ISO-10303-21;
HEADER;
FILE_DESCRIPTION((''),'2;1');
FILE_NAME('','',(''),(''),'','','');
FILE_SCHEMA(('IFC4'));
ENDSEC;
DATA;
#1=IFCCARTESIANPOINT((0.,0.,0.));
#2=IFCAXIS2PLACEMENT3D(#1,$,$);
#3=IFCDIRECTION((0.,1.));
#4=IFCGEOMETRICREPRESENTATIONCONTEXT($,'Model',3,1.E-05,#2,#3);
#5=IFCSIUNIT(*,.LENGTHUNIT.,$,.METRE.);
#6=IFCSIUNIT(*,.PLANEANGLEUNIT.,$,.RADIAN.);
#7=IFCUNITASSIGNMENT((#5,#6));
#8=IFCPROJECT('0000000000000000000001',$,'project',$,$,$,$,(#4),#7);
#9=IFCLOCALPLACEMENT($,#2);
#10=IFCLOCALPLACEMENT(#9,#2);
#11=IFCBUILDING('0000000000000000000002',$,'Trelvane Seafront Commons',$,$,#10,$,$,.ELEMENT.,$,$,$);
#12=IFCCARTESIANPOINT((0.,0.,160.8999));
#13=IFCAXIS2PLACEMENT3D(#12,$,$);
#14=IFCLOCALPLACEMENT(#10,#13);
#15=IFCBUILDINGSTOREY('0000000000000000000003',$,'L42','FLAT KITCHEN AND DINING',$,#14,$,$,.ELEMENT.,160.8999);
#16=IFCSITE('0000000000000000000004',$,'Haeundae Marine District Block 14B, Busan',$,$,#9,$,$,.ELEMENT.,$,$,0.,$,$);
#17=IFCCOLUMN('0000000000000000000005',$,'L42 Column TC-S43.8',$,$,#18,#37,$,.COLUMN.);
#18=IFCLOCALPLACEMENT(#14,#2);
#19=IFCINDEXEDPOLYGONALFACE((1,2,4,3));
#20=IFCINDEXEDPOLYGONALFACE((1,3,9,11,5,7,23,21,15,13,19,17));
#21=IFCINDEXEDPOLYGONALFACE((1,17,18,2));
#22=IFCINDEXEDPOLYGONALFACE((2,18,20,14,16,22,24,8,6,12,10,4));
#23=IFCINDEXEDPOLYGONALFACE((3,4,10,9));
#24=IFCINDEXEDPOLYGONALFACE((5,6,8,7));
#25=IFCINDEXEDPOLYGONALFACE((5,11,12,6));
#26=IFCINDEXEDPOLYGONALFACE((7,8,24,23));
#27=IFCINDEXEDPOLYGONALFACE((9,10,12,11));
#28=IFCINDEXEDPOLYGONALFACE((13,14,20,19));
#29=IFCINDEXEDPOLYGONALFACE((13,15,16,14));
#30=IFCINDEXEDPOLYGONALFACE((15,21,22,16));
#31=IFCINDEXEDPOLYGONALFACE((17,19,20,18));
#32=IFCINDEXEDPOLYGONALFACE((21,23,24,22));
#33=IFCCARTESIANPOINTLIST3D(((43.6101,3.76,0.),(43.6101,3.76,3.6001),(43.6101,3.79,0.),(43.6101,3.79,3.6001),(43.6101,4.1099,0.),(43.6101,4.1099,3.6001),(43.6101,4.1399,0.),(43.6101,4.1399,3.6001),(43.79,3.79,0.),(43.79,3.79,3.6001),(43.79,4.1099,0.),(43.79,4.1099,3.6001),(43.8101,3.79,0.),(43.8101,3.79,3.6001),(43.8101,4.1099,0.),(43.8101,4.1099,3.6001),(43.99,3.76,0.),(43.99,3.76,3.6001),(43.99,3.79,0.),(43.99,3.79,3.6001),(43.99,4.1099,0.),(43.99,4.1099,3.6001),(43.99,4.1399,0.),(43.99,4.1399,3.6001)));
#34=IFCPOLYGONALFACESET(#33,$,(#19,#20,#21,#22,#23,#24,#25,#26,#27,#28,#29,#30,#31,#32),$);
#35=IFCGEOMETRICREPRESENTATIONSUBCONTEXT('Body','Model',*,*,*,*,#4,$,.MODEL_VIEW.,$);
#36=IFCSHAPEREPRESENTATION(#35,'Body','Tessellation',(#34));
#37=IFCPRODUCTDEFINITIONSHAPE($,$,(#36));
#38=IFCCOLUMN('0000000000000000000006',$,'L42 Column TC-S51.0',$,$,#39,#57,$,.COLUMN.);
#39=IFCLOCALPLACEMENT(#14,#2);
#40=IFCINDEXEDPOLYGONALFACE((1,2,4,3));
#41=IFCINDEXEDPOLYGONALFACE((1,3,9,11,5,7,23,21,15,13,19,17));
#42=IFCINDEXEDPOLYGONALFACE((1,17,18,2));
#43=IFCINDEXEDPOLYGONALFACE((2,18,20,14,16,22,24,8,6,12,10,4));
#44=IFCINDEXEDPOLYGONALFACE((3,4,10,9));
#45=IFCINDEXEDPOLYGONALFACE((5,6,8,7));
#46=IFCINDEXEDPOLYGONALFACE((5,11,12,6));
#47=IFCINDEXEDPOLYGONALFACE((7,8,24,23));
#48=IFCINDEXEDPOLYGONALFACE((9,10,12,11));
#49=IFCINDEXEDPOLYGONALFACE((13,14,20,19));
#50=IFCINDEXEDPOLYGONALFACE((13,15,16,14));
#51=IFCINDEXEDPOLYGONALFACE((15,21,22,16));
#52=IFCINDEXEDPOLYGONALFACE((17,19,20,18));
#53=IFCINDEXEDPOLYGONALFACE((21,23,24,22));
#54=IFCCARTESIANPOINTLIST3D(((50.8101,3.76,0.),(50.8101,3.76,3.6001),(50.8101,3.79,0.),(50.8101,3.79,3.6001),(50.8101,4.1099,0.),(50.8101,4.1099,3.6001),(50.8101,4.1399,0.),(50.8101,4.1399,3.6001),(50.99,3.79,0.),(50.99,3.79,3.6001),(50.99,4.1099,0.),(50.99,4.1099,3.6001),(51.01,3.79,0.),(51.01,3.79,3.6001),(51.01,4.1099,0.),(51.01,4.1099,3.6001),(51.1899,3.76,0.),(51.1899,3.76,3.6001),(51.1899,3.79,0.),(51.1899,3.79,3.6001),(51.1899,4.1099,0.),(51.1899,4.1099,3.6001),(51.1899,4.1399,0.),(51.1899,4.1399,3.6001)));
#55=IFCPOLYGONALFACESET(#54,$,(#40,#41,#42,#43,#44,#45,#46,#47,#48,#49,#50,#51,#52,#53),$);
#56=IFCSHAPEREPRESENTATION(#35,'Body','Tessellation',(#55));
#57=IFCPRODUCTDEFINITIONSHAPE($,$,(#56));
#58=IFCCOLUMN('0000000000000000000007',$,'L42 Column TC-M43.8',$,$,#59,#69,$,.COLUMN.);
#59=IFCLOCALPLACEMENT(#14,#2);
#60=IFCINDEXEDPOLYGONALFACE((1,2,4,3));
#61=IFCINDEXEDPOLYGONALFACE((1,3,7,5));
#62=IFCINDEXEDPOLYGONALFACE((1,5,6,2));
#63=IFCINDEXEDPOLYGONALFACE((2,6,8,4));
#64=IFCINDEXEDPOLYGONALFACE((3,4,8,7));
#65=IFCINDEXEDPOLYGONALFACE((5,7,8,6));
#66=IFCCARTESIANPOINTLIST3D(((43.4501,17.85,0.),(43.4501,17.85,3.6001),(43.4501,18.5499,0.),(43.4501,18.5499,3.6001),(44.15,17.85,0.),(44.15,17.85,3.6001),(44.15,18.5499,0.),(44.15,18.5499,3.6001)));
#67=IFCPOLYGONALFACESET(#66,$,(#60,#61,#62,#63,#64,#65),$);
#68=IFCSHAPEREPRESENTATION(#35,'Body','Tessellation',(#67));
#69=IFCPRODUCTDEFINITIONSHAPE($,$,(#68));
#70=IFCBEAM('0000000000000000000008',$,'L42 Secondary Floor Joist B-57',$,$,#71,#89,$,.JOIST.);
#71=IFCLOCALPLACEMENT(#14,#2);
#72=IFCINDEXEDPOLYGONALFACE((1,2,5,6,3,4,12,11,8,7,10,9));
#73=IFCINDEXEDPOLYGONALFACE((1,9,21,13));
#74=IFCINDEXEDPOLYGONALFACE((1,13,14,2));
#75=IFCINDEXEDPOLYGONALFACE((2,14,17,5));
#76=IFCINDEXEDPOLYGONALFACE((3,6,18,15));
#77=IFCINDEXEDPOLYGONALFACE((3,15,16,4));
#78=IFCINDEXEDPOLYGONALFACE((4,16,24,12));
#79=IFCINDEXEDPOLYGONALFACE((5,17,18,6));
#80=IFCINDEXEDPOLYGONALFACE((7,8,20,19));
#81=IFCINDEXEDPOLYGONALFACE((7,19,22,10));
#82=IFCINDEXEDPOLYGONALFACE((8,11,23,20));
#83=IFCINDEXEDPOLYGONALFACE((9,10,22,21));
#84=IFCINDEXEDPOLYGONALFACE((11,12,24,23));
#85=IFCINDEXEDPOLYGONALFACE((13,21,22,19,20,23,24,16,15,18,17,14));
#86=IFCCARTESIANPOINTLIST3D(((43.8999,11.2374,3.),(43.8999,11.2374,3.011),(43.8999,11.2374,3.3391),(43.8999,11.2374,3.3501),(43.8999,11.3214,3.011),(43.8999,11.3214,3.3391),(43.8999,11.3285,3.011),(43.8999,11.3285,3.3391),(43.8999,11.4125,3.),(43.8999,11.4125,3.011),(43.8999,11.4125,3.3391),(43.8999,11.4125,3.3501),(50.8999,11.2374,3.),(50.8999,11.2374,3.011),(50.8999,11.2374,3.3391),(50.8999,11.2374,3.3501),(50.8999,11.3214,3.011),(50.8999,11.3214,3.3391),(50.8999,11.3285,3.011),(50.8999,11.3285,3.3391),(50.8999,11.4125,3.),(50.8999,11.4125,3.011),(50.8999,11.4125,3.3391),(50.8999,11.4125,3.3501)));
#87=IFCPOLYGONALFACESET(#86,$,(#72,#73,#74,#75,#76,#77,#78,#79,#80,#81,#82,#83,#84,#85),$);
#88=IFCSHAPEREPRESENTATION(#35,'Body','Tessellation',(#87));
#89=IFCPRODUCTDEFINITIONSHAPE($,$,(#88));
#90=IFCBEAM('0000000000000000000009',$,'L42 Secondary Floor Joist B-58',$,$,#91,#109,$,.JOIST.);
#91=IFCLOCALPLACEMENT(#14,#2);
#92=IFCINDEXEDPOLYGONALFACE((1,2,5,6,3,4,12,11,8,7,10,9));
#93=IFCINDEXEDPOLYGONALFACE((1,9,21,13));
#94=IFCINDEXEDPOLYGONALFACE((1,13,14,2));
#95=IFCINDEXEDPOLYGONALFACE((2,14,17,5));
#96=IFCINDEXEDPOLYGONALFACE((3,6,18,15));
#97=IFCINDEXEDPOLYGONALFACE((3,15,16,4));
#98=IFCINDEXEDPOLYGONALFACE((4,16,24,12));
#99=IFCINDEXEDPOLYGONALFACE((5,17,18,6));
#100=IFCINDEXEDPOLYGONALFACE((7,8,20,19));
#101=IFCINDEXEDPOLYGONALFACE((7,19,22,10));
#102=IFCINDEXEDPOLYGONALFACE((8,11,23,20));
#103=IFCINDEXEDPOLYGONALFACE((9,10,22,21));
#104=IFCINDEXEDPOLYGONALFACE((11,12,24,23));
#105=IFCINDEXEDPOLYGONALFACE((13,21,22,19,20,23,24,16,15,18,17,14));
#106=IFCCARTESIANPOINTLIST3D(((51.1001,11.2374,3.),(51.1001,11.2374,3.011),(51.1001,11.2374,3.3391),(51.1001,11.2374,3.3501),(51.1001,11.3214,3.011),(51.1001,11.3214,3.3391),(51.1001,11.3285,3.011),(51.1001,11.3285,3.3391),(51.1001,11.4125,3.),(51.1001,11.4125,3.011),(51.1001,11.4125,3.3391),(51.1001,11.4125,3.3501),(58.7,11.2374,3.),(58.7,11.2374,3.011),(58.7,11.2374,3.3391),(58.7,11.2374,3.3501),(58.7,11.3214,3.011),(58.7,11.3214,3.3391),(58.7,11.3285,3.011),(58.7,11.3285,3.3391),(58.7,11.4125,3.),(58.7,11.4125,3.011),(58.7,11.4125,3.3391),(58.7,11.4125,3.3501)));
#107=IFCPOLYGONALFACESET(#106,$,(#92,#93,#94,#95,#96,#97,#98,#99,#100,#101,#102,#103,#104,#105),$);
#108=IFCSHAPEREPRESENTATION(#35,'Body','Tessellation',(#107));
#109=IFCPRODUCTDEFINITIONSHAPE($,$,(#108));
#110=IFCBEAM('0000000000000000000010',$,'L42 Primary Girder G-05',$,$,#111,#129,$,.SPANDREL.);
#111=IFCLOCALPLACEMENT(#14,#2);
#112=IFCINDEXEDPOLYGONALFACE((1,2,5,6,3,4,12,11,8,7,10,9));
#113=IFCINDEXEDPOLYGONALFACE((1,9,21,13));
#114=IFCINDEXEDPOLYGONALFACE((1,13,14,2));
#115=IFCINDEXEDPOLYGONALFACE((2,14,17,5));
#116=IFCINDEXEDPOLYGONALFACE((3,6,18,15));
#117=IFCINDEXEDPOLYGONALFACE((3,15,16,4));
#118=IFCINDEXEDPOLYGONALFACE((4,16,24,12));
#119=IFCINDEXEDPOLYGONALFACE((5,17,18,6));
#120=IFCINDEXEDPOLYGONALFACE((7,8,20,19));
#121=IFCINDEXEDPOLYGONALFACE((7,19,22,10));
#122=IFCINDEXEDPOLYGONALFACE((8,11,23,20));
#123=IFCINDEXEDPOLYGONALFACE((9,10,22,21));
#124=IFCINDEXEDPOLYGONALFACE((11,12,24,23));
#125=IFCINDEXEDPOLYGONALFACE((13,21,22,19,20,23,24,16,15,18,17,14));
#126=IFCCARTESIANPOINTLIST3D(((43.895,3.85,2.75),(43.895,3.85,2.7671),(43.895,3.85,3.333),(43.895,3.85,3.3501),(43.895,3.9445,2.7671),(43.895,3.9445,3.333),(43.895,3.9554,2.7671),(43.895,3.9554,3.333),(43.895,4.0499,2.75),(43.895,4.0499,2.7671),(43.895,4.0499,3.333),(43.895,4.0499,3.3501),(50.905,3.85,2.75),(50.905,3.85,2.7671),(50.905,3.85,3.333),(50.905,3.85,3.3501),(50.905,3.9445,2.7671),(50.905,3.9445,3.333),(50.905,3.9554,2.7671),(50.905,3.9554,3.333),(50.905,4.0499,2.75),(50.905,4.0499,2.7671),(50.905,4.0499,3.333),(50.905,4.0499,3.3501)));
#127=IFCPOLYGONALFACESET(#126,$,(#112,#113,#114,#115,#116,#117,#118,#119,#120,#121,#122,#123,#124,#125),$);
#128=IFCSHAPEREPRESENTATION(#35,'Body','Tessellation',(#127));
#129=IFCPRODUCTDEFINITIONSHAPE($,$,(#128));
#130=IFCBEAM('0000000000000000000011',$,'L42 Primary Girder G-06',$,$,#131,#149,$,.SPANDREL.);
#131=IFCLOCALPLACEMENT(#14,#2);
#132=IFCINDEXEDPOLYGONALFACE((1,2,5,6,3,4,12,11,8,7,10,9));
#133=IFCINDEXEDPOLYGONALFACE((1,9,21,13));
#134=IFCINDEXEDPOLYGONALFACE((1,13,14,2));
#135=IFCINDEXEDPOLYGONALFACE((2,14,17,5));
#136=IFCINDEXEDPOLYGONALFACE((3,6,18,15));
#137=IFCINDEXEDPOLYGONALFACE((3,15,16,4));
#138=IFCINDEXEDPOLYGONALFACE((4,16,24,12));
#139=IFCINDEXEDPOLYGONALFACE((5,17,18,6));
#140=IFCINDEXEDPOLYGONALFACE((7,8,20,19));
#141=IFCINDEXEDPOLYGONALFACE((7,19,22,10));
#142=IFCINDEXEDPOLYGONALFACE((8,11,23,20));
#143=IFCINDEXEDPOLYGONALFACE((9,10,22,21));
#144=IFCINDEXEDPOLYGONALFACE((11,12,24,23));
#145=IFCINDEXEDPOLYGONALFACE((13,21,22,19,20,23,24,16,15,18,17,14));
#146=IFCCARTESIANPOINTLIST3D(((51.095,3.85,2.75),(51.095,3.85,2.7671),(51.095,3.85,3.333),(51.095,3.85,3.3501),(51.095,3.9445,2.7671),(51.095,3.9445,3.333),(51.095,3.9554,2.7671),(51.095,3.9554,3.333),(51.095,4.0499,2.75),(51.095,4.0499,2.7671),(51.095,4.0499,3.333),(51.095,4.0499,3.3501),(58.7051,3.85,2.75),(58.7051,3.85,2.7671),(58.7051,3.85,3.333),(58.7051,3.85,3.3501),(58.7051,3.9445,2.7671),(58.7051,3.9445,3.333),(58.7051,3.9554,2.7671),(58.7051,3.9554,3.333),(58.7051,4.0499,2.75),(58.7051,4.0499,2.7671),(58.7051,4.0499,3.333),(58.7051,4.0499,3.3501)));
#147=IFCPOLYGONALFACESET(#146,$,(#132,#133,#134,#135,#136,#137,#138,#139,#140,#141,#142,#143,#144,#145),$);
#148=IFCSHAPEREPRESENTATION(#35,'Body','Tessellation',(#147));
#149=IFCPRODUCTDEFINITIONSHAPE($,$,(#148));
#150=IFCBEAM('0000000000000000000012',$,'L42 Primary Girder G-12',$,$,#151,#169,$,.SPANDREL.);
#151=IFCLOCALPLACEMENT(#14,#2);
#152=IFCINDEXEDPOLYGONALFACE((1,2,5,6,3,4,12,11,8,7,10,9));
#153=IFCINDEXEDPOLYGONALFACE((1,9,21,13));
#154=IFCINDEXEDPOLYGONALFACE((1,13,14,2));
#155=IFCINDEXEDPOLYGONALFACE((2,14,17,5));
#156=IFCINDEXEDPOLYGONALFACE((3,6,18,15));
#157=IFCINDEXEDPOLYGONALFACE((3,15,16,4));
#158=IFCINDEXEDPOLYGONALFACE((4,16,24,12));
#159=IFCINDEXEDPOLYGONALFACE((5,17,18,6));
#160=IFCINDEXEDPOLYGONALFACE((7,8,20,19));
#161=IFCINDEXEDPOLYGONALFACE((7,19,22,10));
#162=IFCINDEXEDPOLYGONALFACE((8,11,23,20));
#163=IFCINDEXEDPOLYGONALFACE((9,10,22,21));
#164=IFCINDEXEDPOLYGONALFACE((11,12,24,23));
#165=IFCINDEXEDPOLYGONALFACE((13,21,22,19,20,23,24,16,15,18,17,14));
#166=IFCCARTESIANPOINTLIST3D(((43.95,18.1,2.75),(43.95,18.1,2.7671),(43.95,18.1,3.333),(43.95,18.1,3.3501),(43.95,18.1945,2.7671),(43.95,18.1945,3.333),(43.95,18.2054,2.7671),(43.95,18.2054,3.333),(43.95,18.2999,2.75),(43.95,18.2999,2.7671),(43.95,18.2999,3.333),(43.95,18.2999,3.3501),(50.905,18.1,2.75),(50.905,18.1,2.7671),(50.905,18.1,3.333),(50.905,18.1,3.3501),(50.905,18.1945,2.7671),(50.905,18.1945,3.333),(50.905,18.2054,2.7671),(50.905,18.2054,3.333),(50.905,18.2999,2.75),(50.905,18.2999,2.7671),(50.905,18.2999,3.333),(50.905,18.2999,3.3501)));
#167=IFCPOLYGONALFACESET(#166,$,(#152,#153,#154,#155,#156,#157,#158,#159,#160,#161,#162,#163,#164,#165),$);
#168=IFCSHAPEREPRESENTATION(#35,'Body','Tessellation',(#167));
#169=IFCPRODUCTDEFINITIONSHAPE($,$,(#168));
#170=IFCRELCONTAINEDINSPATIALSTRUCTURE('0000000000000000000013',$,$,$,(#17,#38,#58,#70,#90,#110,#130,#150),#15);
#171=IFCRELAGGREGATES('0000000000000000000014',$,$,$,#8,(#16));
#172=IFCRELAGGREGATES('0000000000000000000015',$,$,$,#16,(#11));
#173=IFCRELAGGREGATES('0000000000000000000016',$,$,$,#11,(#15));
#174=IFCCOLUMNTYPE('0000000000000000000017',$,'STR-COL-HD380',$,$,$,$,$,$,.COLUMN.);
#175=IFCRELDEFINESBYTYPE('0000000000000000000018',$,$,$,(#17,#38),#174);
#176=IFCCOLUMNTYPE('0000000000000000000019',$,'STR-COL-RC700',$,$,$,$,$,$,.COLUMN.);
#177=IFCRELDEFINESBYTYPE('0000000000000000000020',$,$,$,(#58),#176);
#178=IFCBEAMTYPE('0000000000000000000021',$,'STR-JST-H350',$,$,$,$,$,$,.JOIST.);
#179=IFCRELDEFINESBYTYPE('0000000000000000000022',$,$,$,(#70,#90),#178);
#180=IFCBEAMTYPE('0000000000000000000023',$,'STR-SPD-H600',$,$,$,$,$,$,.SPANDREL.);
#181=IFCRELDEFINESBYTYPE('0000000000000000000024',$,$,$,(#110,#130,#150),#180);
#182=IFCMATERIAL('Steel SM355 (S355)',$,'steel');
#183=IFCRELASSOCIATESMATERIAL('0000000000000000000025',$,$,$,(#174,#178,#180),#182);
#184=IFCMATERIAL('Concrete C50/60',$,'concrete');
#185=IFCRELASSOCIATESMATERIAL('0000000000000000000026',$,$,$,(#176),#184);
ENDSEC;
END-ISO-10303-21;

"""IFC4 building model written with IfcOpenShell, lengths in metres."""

from ifc_helpers import new_model, si_unit, direction, frame, origin, origin_2d, place, context, subcontext, project, spatial, rectangle, i_section, extrude, source, transform, mapped, material, material_profile, profile_set, type_object, element, save


model = new_model("IFC4")

# Units and contexts
model_context = context("Model", 3, precision=1e-05, world=origin(), true_north=direction((0.0, 1.0)))
body_context = subcontext(model_context, "Body", "Model", "MODEL_VIEW")
ifc_project = project(units=[si_unit("LENGTHUNIT", "METRE"), si_unit("PLANEANGLEUNIT", "RADIAN")], contexts=[model_context])

# Site, building, storey
site_placement = place(None, origin())
site = spatial("IfcSite", under=ifc_project, at=site_placement, Name="Haeundae Marine District Block 14B, Busan", CompositionType="ELEMENT", RefElevation=0.0)
building_placement = place(site_placement, origin())
building = spatial("IfcBuilding", under=site, at=building_placement, Name="Trelvane Seafront Commons", CompositionType="ELEMENT")
storey_placement = place(building_placement, frame((0.0, 0.0, 160.8999)))
storey = spatial("IfcBuildingStorey", under=building, at=storey_placement, Name="L42", Description="FLAT KITCHEN AND DINING", CompositionType="ELEMENT", Elevation=160.8999)

# Columns
ifc_material_1 = material(Name="Steel SM355 (S355)", Category="steel")
ifc_material_profile_1 = material_profile(ifc_material_1, i_section(OverallWidth=0.3799, OverallDepth=0.3799, WebThickness=0.02, FlangeThickness=0.03, at=origin_2d()), Name="HD-380x380x20x30")
ifc_profile_set_1 = profile_set([ifc_material_profile_1], Name="Steel SM355 (S355)")
column_type_1 = type_object("IfcColumnType", Name="STR-COL-HD380", PredefinedType="COLUMN", material=ifc_profile_set_1)
shared_shape_1 = source(origin(), body_context, "Body", "SweptSolid", [
    extrude(i_section(OverallWidth=0.3799, OverallDepth=0.3799, WebThickness=0.02, FlangeThickness=0.03, at=origin_2d()), origin(), (0.0, 0.0, 1.0), 3.6001),
])
for number, where, z_axis, x_axis, name in (
    (1, (43.8, 3.95, 0.0), (0.0, 0.0, 1.0), (1.0, 0.0, 0.0), "L42 Column TC-S43.8"),
    (2, (51.0, 3.95, 0.0), (0.0, 0.0, 1.0), (1.0, 0.0, 0.0), "L42 Column TC-S51.0"),
):
    element("IfcColumn", number, at=place(storey_placement, frame(where, z_axis=z_axis, x_axis=x_axis)), inside=storey, type_object=column_type_1, Name=name, PredefinedType="COLUMN", context=body_context, shape_type="MappedRepresentation", body=[
        mapped(shared_shape_1, transform((0.0, 0.0, 0.0), x_axis=(1.0, 0.0, 0.0), y_axis=(0.0, 1.0, 0.0), z_axis=(0.0, 0.0, 1.0), scale=1.0)),
    ])
ifc_material_2 = material(Name="Concrete C50/60", Category="concrete")
ifc_material_profile_2 = material_profile(ifc_material_2, rectangle(XDim=0.7, YDim=0.7, at=origin_2d()), Name="RC-700x700")
ifc_profile_set_2 = profile_set([ifc_material_profile_2], Name="Concrete C50/60")
column_type_2 = type_object("IfcColumnType", Name="STR-COL-RC700", PredefinedType="COLUMN", material=ifc_profile_set_2)
shared_shape_2 = source(origin(), body_context, "Body", "SweptSolid", [
    extrude(rectangle(XDim=0.7, YDim=0.7, at=origin_2d()), origin(), (0.0, 0.0, 1.0), 3.6001),
])
column_placement = place(storey_placement, frame((43.8, 18.2, 0.0), z_axis=(0.0, 0.0, 1.0), x_axis=(1.0, 0.0, 0.0)))
element("IfcColumn", 3, at=column_placement, inside=storey, type_object=column_type_2, Name="L42 Column TC-M43.8", PredefinedType="COLUMN", context=body_context, shape_type="MappedRepresentation", body=[
    mapped(shared_shape_2, transform((0.0, 0.0, 0.0), x_axis=(1.0, 0.0, 0.0), y_axis=(0.0, 1.0, 0.0), z_axis=(0.0, 0.0, 1.0), scale=1.0)),
])

# Beams
ifc_material_profile_3 = material_profile(ifc_material_1, i_section(OverallWidth=0.175, OverallDepth=0.3501, WebThickness=0.0071, FlangeThickness=0.011, at=origin_2d()), Name="H-350x175x7x11")
ifc_profile_set_3 = profile_set([ifc_material_profile_3], Name="Steel SM355 (S355)")
beam_type_1 = type_object("IfcBeamType", Name="STR-JST-H350", PredefinedType="JOIST", material=ifc_profile_set_3)
shared_shape_3 = source(origin(), body_context, "Body", "SweptSolid", [
    extrude(i_section(OverallWidth=0.175, OverallDepth=0.3501, WebThickness=0.0071, FlangeThickness=0.011, at=origin_2d()), origin(), (0.0, 0.0, 1.0), 7.0),
])
beam_1_placement = place(storey_placement, frame((43.8999, 11.325, 3.175), z_axis=(1.0, 0.0, 0.0), x_axis=(0.0, 1.0, 0.0)))
element("IfcBeam", 4, at=beam_1_placement, inside=storey, type_object=beam_type_1, Name="L42 Secondary Floor Joist B-57", PredefinedType="JOIST", context=body_context, shape_type="MappedRepresentation", body=[
    mapped(shared_shape_3, transform((0.0, 0.0, 0.0), x_axis=(1.0, 0.0, 0.0), y_axis=(0.0, 1.0, 0.0), z_axis=(0.0, 0.0, 1.0), scale=1.0)),
])
shared_shape_4 = source(origin(), body_context, "Body", "SweptSolid", [
    extrude(i_section(OverallWidth=0.175, OverallDepth=0.3501, WebThickness=0.0071, FlangeThickness=0.011, at=origin_2d()), origin(), (0.0, 0.0, 1.0), 7.5999),
])
beam_2_placement = place(storey_placement, frame((51.1001, 11.325, 3.175), z_axis=(1.0, 0.0, 0.0), x_axis=(0.0, 1.0, 0.0)))
element("IfcBeam", 5, at=beam_2_placement, inside=storey, type_object=beam_type_1, Name="L42 Secondary Floor Joist B-58", PredefinedType="JOIST", context=body_context, shape_type="MappedRepresentation", body=[
    mapped(shared_shape_4, transform((0.0, 0.0, 0.0), x_axis=(1.0, 0.0, 0.0), y_axis=(0.0, 1.0, 0.0), z_axis=(0.0, 0.0, 1.0), scale=1.0)),
])
ifc_material_profile_4 = material_profile(ifc_material_1, i_section(OverallWidth=0.2, OverallDepth=0.6001, WebThickness=0.011, FlangeThickness=0.0171, at=origin_2d()), Name="H-600x200x11x17")
ifc_profile_set_4 = profile_set([ifc_material_profile_4], Name="Steel SM355 (S355)")
beam_type_2 = type_object("IfcBeamType", Name="STR-SPD-H600", PredefinedType="SPANDREL", material=ifc_profile_set_4)
shared_shape_5 = source(origin(), body_context, "Body", "SweptSolid", [
    extrude(i_section(OverallWidth=0.2, OverallDepth=0.6001, WebThickness=0.011, FlangeThickness=0.0171, at=origin_2d()), origin(), (0.0, 0.0, 1.0), 7.01),
])
beam_3_placement = place(storey_placement, frame((43.895, 3.95, 3.05), z_axis=(1.0, 0.0, 0.0), x_axis=(0.0, 1.0, 0.0)))
element("IfcBeam", 6, at=beam_3_placement, inside=storey, type_object=beam_type_2, Name="L42 Primary Girder G-05", PredefinedType="SPANDREL", context=body_context, shape_type="MappedRepresentation", body=[
    mapped(shared_shape_5, transform((0.0, 0.0, 0.0), x_axis=(1.0, 0.0, 0.0), y_axis=(0.0, 1.0, 0.0), z_axis=(0.0, 0.0, 1.0), scale=1.0)),
])
shared_shape_6 = source(origin(), body_context, "Body", "SweptSolid", [
    extrude(i_section(OverallWidth=0.2, OverallDepth=0.6001, WebThickness=0.011, FlangeThickness=0.0171, at=origin_2d()), origin(), (0.0, 0.0, 1.0), 7.6101),
])
beam_4_placement = place(storey_placement, frame((51.095, 3.95, 3.05), z_axis=(1.0, 0.0, 0.0), x_axis=(0.0, 1.0, 0.0)))
element("IfcBeam", 7, at=beam_4_placement, inside=storey, type_object=beam_type_2, Name="L42 Primary Girder G-06", PredefinedType="SPANDREL", context=body_context, shape_type="MappedRepresentation", body=[
    mapped(shared_shape_6, transform((0.0, 0.0, 0.0), x_axis=(1.0, 0.0, 0.0), y_axis=(0.0, 1.0, 0.0), z_axis=(0.0, 0.0, 1.0), scale=1.0)),
])
shared_shape_7 = source(origin(), body_context, "Body", "SweptSolid", [
    extrude(i_section(OverallWidth=0.2, OverallDepth=0.6001, WebThickness=0.011, FlangeThickness=0.0171, at=origin_2d()), origin(), (0.0, 0.0, 1.0), 6.9551),
])
beam_5_placement = place(storey_placement, frame((43.95, 18.2, 3.05), z_axis=(1.0, 0.0, 0.0), x_axis=(0.0, 1.0, 0.0)))
element("IfcBeam", 8, at=beam_5_placement, inside=storey, type_object=beam_type_2, Name="L42 Primary Girder G-12", PredefinedType="SPANDREL", context=body_context, shape_type="MappedRepresentation", body=[
    mapped(shared_shape_7, transform((0.0, 0.0, 0.0), x_axis=(1.0, 0.0, 0.0), y_axis=(0.0, 1.0, 0.0), z_axis=(0.0, 0.0, 1.0), scale=1.0)),
])

save(model, "model.ifc")
